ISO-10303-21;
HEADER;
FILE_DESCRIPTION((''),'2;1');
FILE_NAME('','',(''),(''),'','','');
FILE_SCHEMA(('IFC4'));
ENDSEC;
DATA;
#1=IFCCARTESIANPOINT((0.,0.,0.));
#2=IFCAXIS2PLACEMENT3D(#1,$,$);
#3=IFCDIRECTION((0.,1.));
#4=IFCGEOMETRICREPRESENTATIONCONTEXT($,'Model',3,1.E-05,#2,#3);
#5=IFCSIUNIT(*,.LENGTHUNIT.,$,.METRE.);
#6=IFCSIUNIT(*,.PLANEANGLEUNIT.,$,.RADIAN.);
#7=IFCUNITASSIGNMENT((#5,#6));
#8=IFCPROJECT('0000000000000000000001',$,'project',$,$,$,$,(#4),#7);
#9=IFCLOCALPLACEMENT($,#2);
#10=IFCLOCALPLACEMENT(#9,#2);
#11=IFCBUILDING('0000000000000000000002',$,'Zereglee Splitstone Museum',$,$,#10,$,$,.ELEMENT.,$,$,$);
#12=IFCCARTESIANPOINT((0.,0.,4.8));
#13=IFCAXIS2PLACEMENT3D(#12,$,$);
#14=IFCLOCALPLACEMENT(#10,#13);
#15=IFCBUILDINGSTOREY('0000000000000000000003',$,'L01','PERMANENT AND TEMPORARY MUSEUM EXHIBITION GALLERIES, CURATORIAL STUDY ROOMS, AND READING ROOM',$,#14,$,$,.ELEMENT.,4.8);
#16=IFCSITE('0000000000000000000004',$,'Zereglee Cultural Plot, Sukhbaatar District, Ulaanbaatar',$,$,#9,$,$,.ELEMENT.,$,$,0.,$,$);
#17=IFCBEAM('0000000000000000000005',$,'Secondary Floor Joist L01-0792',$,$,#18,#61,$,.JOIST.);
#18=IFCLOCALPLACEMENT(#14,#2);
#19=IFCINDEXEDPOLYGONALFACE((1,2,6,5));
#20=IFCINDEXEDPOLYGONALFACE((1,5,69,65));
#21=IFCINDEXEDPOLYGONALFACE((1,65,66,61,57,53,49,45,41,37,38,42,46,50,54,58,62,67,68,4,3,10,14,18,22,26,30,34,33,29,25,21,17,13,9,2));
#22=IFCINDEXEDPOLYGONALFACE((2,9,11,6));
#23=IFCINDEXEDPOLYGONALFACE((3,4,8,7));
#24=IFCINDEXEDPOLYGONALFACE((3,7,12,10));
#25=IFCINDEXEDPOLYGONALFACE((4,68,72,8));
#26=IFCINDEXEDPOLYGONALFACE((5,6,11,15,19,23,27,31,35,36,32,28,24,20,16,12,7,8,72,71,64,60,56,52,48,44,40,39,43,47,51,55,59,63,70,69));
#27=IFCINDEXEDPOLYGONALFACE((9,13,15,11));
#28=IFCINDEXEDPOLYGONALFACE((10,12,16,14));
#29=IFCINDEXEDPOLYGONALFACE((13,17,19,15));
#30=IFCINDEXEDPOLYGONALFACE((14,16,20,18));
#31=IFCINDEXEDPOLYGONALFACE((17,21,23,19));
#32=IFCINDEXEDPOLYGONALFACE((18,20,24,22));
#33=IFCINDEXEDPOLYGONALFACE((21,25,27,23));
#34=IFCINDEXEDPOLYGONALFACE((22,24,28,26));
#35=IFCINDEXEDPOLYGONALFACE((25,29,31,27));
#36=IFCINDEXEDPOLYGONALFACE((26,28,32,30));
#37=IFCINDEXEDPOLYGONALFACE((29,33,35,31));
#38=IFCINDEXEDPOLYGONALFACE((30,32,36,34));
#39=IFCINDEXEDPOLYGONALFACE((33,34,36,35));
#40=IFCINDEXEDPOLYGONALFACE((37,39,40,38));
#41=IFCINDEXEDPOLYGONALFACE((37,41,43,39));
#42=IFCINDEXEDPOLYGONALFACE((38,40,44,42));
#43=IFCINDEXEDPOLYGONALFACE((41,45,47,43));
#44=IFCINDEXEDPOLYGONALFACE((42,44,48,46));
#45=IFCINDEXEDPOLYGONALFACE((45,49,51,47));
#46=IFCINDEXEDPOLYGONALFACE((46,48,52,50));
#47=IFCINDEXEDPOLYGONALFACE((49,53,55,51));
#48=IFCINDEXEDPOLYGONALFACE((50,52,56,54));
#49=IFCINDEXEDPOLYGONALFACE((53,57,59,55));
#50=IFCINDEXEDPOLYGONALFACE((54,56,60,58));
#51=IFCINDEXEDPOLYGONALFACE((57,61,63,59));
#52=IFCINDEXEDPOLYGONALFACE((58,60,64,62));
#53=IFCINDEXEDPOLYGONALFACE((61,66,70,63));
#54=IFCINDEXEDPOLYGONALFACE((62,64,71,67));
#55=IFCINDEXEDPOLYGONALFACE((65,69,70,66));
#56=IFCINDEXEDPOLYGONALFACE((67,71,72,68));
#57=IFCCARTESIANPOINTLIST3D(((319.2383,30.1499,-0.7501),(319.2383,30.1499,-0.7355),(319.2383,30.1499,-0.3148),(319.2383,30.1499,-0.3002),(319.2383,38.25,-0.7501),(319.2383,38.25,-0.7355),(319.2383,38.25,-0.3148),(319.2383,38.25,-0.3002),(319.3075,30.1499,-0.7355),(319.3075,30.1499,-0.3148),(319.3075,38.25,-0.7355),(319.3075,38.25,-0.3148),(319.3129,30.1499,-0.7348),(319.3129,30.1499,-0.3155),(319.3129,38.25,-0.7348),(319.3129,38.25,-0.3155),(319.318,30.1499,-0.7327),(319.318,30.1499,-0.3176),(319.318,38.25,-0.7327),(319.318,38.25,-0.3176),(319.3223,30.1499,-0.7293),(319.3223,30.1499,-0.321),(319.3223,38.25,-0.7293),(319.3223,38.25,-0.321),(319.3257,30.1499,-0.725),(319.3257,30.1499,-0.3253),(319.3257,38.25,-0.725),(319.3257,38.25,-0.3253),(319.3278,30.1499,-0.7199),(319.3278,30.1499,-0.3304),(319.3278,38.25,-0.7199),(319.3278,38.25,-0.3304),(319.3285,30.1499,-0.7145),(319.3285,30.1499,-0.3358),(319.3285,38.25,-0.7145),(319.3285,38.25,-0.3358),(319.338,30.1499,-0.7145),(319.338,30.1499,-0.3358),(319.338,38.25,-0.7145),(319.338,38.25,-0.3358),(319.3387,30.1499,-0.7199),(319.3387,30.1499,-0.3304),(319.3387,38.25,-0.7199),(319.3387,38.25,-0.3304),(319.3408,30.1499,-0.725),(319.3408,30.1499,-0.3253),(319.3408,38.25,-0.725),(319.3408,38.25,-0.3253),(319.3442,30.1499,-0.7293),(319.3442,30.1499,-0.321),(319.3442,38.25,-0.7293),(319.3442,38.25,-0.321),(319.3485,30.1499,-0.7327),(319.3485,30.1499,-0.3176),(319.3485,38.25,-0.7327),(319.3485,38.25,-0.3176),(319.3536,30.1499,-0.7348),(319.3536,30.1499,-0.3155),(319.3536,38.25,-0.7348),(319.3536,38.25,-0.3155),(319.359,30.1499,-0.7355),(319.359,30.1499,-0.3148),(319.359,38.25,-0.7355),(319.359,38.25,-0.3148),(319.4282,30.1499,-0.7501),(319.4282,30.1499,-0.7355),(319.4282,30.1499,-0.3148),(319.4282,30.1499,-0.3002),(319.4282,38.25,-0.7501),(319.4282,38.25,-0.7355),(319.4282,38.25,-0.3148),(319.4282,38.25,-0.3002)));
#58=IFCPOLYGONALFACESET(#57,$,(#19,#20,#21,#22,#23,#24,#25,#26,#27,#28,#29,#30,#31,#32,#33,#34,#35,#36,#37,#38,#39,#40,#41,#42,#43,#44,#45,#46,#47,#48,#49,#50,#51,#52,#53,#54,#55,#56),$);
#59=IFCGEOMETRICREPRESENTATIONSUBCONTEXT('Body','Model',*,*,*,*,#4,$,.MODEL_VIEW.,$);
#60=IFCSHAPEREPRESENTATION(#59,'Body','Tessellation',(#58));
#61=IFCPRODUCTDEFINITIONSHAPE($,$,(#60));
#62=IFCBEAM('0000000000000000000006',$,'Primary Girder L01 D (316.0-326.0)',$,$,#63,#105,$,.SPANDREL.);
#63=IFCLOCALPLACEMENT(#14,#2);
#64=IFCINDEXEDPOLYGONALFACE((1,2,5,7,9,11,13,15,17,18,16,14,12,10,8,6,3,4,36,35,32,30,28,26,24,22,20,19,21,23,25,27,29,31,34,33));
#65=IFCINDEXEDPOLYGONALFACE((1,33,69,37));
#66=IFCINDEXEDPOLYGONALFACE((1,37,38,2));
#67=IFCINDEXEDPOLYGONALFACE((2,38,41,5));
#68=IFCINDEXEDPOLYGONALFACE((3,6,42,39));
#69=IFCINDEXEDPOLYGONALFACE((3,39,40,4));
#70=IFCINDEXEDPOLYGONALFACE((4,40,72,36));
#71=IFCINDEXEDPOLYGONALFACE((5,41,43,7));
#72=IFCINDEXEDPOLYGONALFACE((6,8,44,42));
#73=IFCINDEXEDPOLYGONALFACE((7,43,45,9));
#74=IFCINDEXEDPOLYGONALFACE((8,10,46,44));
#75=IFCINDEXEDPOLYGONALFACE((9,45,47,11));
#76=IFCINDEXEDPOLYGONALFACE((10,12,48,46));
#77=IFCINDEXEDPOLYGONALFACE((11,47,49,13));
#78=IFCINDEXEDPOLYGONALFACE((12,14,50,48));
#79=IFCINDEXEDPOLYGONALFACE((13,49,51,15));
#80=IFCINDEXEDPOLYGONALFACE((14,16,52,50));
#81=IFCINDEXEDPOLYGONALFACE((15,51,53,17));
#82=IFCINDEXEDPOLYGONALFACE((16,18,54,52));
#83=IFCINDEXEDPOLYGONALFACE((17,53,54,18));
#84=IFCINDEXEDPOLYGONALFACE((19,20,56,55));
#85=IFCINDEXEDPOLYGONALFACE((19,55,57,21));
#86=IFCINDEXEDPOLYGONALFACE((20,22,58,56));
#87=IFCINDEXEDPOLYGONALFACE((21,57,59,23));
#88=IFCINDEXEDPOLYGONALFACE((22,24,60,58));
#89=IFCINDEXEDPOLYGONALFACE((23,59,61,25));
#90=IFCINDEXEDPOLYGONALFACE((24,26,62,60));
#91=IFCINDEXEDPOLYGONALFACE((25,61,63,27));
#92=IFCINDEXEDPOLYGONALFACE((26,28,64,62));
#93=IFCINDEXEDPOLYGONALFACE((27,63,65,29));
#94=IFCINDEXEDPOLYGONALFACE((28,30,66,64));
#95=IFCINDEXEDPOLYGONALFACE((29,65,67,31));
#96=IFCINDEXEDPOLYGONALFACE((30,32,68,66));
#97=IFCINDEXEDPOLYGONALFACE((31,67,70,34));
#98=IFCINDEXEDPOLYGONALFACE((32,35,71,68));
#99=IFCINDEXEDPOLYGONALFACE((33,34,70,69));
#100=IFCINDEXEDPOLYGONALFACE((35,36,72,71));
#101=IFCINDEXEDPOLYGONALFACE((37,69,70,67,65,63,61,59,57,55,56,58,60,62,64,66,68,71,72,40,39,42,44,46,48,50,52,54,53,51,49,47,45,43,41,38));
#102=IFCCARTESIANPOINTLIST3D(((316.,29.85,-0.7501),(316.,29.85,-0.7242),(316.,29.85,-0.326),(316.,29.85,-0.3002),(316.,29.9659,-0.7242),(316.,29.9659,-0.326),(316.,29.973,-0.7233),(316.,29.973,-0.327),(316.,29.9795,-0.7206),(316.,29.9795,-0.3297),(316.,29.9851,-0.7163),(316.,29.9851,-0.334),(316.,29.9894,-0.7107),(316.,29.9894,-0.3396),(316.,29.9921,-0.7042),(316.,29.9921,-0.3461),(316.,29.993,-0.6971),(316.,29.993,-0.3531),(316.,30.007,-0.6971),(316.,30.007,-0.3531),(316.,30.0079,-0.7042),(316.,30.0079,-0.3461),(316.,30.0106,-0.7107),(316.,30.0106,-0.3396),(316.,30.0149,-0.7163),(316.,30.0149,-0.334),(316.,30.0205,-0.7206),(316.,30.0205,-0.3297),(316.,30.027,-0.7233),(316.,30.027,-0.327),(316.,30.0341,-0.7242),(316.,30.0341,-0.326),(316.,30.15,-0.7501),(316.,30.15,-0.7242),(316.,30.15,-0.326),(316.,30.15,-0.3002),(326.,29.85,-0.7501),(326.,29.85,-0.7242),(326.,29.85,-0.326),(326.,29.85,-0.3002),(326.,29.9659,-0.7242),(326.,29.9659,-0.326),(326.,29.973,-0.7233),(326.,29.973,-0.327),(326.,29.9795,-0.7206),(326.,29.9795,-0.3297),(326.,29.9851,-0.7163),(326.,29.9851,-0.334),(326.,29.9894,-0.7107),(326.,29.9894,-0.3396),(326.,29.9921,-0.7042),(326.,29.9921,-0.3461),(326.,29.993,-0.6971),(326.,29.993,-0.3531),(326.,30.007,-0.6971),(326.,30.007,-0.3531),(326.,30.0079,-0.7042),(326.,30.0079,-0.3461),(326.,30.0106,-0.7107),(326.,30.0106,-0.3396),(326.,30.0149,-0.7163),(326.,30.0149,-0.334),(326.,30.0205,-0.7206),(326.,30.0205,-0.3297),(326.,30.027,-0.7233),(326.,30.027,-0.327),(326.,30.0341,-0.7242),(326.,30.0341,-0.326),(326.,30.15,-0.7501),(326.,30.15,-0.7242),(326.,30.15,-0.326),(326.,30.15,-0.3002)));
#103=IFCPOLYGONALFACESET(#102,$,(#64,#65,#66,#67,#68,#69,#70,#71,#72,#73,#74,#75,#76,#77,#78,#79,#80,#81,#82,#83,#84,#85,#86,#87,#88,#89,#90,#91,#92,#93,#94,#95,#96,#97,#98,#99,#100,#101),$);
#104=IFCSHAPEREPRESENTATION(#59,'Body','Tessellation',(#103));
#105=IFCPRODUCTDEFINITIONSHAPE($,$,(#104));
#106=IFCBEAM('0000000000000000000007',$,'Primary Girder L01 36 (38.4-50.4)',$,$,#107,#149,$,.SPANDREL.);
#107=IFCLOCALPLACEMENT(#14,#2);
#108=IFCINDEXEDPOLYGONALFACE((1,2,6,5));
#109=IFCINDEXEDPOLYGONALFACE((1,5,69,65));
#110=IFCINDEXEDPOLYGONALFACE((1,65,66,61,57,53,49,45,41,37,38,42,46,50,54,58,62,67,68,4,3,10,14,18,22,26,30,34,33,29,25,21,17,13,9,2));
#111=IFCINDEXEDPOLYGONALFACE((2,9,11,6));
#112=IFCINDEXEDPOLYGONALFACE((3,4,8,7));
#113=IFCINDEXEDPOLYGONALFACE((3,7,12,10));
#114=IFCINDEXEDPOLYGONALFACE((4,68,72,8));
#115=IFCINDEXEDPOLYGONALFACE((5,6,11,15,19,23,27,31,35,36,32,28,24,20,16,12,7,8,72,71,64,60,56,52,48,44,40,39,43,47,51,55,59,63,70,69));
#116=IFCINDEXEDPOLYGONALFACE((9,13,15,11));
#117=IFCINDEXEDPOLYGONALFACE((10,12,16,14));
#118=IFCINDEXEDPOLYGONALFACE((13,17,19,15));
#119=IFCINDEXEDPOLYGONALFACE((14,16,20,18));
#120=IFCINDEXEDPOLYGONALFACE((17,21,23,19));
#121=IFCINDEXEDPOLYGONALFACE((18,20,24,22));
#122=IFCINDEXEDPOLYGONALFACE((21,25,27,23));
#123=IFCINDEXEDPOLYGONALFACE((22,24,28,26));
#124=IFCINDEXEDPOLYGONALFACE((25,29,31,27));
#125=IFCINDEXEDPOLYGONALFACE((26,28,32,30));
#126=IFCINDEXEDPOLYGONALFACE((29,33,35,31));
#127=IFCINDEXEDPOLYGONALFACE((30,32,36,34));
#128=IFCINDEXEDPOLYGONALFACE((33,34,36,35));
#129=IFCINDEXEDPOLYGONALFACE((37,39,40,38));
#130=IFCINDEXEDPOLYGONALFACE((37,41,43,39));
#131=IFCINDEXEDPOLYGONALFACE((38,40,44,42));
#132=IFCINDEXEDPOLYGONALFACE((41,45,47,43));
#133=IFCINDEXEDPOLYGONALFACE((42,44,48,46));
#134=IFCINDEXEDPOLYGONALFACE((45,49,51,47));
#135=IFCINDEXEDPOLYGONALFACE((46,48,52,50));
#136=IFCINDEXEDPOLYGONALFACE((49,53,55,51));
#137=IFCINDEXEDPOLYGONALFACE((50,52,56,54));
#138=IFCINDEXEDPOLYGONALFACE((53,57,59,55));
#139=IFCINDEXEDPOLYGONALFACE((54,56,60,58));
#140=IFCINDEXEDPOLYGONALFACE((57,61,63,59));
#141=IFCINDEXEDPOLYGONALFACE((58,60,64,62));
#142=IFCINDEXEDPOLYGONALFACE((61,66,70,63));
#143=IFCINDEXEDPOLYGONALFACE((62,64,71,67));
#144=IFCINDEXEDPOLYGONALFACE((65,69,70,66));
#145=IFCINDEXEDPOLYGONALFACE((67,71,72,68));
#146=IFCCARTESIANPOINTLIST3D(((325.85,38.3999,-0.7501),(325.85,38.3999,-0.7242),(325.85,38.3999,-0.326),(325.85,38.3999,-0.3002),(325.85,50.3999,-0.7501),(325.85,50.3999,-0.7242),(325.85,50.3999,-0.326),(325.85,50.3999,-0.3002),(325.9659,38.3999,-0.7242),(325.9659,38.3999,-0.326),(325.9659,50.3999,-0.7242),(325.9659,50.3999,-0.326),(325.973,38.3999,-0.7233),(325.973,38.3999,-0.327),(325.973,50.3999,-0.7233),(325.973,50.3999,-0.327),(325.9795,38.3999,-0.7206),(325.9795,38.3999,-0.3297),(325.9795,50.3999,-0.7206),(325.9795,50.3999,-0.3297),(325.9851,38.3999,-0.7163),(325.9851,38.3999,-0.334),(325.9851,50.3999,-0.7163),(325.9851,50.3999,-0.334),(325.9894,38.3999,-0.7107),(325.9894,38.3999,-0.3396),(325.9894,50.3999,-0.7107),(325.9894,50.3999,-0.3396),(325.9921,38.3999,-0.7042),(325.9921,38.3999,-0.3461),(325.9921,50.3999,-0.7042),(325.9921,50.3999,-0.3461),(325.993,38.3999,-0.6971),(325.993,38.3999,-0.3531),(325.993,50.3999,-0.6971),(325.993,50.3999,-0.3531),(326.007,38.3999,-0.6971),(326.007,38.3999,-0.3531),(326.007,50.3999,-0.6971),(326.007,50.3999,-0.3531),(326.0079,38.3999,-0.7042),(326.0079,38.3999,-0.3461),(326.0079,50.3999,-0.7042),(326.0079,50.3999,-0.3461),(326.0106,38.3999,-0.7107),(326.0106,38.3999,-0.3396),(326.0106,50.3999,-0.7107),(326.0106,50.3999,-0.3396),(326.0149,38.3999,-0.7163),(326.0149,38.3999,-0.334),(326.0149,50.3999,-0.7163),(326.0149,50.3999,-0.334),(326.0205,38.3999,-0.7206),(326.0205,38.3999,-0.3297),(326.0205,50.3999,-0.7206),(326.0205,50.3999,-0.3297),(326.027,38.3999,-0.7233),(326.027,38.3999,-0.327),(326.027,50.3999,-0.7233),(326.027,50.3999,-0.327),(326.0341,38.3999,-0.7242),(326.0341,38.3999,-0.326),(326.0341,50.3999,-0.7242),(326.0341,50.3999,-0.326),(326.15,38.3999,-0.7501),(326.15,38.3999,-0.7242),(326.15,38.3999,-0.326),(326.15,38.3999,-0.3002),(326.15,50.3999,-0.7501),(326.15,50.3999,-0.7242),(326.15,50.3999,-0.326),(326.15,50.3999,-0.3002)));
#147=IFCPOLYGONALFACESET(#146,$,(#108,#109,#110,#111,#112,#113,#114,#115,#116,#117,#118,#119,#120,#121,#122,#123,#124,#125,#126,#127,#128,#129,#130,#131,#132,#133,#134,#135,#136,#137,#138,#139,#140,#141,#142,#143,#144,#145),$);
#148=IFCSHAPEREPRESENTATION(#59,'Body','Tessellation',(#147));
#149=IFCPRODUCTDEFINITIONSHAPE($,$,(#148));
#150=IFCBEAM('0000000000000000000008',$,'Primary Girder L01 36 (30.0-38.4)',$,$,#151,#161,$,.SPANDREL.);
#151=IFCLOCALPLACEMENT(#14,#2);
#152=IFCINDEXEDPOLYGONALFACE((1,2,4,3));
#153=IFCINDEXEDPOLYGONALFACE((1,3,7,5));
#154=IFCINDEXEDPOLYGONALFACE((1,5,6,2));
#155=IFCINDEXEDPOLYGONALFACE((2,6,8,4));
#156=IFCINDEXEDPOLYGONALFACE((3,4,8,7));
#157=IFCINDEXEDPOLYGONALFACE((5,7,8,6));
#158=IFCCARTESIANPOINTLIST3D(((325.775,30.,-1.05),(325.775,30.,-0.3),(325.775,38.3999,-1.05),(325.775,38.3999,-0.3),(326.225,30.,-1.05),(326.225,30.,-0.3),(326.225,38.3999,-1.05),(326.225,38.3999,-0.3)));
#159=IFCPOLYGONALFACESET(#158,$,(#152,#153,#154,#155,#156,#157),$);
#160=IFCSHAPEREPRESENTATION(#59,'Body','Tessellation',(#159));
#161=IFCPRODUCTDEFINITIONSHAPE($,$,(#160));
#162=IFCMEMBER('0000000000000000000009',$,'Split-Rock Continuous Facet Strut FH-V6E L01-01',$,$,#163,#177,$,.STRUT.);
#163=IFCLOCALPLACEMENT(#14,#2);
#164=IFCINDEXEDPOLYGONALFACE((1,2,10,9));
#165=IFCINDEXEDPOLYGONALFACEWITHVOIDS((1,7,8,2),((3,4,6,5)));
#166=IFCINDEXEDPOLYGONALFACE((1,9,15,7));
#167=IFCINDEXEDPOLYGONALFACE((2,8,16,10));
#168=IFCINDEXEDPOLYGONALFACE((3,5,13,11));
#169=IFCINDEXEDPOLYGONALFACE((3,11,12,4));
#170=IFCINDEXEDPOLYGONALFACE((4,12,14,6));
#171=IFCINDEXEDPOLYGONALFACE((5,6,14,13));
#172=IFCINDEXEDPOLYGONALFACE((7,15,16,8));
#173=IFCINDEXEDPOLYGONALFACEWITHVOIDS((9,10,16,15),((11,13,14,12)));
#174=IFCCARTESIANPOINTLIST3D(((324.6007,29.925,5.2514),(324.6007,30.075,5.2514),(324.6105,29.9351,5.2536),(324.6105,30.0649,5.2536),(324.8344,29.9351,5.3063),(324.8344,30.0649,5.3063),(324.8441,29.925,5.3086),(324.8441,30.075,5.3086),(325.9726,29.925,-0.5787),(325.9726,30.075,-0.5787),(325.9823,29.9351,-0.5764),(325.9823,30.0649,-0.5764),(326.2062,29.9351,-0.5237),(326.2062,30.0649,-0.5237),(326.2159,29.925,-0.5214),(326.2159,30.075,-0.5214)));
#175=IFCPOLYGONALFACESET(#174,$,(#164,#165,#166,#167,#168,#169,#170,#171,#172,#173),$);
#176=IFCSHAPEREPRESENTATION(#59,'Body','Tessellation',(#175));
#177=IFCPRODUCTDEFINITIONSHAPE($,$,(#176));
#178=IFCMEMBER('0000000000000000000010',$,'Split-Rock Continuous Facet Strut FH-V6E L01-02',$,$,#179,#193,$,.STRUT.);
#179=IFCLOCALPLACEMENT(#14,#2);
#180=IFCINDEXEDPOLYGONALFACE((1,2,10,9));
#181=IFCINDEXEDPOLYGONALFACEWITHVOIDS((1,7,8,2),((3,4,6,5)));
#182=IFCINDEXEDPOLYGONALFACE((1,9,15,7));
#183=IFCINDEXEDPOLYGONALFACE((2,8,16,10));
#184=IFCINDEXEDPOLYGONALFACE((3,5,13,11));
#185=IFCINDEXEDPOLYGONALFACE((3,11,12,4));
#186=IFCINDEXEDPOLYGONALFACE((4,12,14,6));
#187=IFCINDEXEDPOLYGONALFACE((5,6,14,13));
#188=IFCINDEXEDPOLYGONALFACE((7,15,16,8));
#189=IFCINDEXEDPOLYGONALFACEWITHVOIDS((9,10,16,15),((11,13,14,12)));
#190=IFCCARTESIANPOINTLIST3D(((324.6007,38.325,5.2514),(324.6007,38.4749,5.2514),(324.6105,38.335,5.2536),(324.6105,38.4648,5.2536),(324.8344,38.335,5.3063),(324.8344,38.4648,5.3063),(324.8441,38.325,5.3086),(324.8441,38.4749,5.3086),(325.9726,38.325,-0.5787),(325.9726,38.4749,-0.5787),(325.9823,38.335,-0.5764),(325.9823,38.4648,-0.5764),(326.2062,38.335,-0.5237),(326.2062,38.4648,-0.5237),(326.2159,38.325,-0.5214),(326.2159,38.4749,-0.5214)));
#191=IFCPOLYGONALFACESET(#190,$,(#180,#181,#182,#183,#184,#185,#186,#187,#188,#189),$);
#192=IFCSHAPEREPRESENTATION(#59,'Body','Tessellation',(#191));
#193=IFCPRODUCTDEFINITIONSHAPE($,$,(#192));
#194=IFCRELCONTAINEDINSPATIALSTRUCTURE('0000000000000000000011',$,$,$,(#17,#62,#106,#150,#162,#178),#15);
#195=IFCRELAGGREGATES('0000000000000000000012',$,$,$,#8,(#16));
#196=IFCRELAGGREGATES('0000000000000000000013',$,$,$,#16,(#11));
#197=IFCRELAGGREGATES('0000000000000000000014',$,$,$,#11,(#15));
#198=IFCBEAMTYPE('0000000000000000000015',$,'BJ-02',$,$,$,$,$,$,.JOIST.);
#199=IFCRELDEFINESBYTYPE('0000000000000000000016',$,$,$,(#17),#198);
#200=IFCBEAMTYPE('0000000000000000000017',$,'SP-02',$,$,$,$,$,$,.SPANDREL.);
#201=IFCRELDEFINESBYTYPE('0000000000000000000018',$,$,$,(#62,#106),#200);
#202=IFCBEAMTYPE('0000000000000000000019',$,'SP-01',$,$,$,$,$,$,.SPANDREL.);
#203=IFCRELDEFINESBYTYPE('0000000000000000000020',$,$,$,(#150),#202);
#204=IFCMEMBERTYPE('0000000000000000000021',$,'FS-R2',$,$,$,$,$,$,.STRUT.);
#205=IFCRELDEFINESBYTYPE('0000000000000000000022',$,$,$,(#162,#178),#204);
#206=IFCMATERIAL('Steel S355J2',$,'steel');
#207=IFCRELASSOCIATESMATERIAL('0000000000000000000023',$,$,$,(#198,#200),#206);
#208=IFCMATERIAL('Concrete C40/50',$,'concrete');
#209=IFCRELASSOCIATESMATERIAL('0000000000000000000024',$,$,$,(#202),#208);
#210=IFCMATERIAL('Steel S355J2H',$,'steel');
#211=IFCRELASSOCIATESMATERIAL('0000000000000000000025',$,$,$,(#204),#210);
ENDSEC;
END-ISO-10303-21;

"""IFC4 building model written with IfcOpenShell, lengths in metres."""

from ifc_helpers import new_model, si_unit, direction, frame, origin, origin_2d, place, context, subcontext, project, spatial, rectangle, hollow_rectangle, i_section, extrude, material, material_profile, profile_set, type_object, element, save


model = new_model("IFC4")

# Units and contexts
model_context = context("Model", 3, precision=1e-05, world=origin(), true_north=direction((0.0, 1.0)))
body_context = subcontext(model_context, "Body", "Model", "MODEL_VIEW")
ifc_project = project(units=[si_unit("LENGTHUNIT", "METRE"), si_unit("PLANEANGLEUNIT", "RADIAN")], contexts=[model_context])

# Site, building, storey
site_placement = place(None, origin())
site = spatial("IfcSite", under=ifc_project, at=site_placement, Name="Zereglee Cultural Plot, Sukhbaatar District, Ulaanbaatar", CompositionType="ELEMENT", RefElevation=0.0)
building_placement = place(site_placement, origin())
building = spatial("IfcBuilding", under=site, at=building_placement, Name="Zereglee Splitstone Museum", CompositionType="ELEMENT")
storey_placement = place(building_placement, frame((0.0, 0.0, 4.8)))
storey = spatial("IfcBuildingStorey", under=building, at=storey_placement, Name="L01", Description="PERMANENT AND TEMPORARY MUSEUM EXHIBITION GALLERIES, CURATORIAL STUDY ROOMS, AND READING ROOM", CompositionType="ELEMENT", Elevation=4.8)

# Shared definitions
ifc_material_1 = material(Name="Steel S355J2", Category="steel")

# Beams
ifc_material_2 = material(Name="Concrete C40/50", Category="concrete")
ifc_material_profile_1 = material_profile(ifc_material_1, i_section(OverallWidth=0.1899, OverallDepth=0.45, WebThickness=0.0095, FlangeThickness=0.0146, FilletRadius=0.021, at=origin_2d()), Name="IPE 450")
ifc_profile_set_1 = profile_set([ifc_material_profile_1], Name="Steel S355J2")
beam_type_1 = type_object("IfcBeamType", Name="BJ-02", PredefinedType="JOIST", material=ifc_profile_set_1)
beam_1_placement = place(storey_placement, frame((319.3333, 30.1499, -0.5251), z_axis=(0.0, 1.0, 0.0), x_axis=(-1.0, 0.0, 0.0)))
element("IfcBeam", 1, at=beam_1_placement, inside=storey, type_object=beam_type_1, Name="Secondary Floor Joist L01-0792", PredefinedType="JOIST", context=body_context, shape_type="SweptSolid", body=[
    extrude(i_section(OverallWidth=0.1899, OverallDepth=0.45, WebThickness=0.0095, FlangeThickness=0.0146, FilletRadius=0.021, at=origin_2d()), origin(), (0.0, 0.0, 1.0), 8.1001),
])
ifc_material_profile_2 = material_profile(ifc_material_1, i_section(OverallWidth=0.3, OverallDepth=0.45, WebThickness=0.0139, FlangeThickness=0.0259, FilletRadius=0.0271, at=origin_2d()), Name="HE 450 B")
ifc_profile_set_2 = profile_set([ifc_material_profile_2], Name="Steel S355J2")
beam_type_2 = type_object("IfcBeamType", Name="SP-02", PredefinedType="SPANDREL", material=ifc_profile_set_2)
beam_2_placement = place(storey_placement, frame((316.0, 30.0, -0.5251), z_axis=(1.0, 0.0, 0.0), x_axis=(0.0, 1.0, 0.0)))
element("IfcBeam", 2, at=beam_2_placement, inside=storey, type_object=beam_type_2, Name="Primary Girder L01 D (316.0-326.0)", PredefinedType="SPANDREL", context=body_context, shape_type="SweptSolid", body=[
    extrude(i_section(OverallWidth=0.3, OverallDepth=0.45, WebThickness=0.0139, FlangeThickness=0.0259, FilletRadius=0.0271, at=origin_2d()), origin(), (0.0, 0.0, 1.0), 10.0),
])
beam_3_placement = place(storey_placement, frame((326.0, 38.3999, -0.5251), z_axis=(0.0, 1.0, 0.0), x_axis=(-1.0, 0.0, 0.0)))
element("IfcBeam", 3, at=beam_3_placement, inside=storey, type_object=beam_type_2, Name="Primary Girder L01 36 (38.4-50.4)", PredefinedType="SPANDREL", context=body_context, shape_type="SweptSolid", body=[
    extrude(i_section(OverallWidth=0.3, OverallDepth=0.45, WebThickness=0.0139, FlangeThickness=0.0259, FilletRadius=0.0271, at=origin_2d()), origin(), (0.0, 0.0, 1.0), 12.0),
])
ifc_material_profile_3 = material_profile(ifc_material_2, rectangle(XDim=0.45, YDim=0.75, at=origin_2d()), Name="RC 450x750")
ifc_profile_set_3 = profile_set([ifc_material_profile_3], Name="Concrete C40/50")
beam_type_3 = type_object("IfcBeamType", Name="SP-01", PredefinedType="SPANDREL", material=ifc_profile_set_3)
beam_4_placement = place(storey_placement, frame((326.0, 30.0, -0.675), z_axis=(0.0, 1.0, 0.0), x_axis=(-1.0, 0.0, 0.0)))
element("IfcBeam", 4, at=beam_4_placement, inside=storey, type_object=beam_type_3, Name="Primary Girder L01 36 (30.0-38.4)", PredefinedType="SPANDREL", context=body_context, shape_type="SweptSolid", body=[
    extrude(rectangle(XDim=0.45, YDim=0.75, at=origin_2d()), origin(), (0.0, 0.0, 1.0), 8.3999),
])

# Members
ifc_material_3 = material(Name="Steel S355J2H", Category="steel")
ifc_material_profile_4 = material_profile(ifc_material_3, hollow_rectangle(XDim=0.1499, YDim=0.25, WallThickness=0.01, at=origin_2d()), Name="RHS 250x150x10")
ifc_profile_set_4 = profile_set([ifc_material_profile_4], Name="Steel S355J2H")
member_type_1 = type_object("IfcMemberType", Name="FS-R2", PredefinedType="STRUT", material=ifc_profile_set_4)
for number, where, z_axis, x_axis, name in (
    (5, (326.0942, 30.0, -0.55), (-0.229046, 0.0, 0.973416), (0.0, -1.0, 0.0), "Split-Rock Continuous Facet Strut FH-V6E L01-01"),
    (6, (326.0942, 38.3999, -0.55), (-0.229046, 0.0, 0.973416), (0.0, -1.0, 0.0), "Split-Rock Continuous Facet Strut FH-V6E L01-02"),
):
    element("IfcMember", number, at=place(storey_placement, frame(where, z_axis=z_axis, x_axis=x_axis)), inside=storey, type_object=member_type_1, Name=name, PredefinedType="STRUT", context=body_context, shape_type="SweptSolid", body=[
        extrude(hollow_rectangle(XDim=0.1499, YDim=0.25, WallThickness=0.01, at=origin_2d()), origin(), (0.0, 0.0, 1.0), 5.9893),
    ])

save(model, "model.ifc")
